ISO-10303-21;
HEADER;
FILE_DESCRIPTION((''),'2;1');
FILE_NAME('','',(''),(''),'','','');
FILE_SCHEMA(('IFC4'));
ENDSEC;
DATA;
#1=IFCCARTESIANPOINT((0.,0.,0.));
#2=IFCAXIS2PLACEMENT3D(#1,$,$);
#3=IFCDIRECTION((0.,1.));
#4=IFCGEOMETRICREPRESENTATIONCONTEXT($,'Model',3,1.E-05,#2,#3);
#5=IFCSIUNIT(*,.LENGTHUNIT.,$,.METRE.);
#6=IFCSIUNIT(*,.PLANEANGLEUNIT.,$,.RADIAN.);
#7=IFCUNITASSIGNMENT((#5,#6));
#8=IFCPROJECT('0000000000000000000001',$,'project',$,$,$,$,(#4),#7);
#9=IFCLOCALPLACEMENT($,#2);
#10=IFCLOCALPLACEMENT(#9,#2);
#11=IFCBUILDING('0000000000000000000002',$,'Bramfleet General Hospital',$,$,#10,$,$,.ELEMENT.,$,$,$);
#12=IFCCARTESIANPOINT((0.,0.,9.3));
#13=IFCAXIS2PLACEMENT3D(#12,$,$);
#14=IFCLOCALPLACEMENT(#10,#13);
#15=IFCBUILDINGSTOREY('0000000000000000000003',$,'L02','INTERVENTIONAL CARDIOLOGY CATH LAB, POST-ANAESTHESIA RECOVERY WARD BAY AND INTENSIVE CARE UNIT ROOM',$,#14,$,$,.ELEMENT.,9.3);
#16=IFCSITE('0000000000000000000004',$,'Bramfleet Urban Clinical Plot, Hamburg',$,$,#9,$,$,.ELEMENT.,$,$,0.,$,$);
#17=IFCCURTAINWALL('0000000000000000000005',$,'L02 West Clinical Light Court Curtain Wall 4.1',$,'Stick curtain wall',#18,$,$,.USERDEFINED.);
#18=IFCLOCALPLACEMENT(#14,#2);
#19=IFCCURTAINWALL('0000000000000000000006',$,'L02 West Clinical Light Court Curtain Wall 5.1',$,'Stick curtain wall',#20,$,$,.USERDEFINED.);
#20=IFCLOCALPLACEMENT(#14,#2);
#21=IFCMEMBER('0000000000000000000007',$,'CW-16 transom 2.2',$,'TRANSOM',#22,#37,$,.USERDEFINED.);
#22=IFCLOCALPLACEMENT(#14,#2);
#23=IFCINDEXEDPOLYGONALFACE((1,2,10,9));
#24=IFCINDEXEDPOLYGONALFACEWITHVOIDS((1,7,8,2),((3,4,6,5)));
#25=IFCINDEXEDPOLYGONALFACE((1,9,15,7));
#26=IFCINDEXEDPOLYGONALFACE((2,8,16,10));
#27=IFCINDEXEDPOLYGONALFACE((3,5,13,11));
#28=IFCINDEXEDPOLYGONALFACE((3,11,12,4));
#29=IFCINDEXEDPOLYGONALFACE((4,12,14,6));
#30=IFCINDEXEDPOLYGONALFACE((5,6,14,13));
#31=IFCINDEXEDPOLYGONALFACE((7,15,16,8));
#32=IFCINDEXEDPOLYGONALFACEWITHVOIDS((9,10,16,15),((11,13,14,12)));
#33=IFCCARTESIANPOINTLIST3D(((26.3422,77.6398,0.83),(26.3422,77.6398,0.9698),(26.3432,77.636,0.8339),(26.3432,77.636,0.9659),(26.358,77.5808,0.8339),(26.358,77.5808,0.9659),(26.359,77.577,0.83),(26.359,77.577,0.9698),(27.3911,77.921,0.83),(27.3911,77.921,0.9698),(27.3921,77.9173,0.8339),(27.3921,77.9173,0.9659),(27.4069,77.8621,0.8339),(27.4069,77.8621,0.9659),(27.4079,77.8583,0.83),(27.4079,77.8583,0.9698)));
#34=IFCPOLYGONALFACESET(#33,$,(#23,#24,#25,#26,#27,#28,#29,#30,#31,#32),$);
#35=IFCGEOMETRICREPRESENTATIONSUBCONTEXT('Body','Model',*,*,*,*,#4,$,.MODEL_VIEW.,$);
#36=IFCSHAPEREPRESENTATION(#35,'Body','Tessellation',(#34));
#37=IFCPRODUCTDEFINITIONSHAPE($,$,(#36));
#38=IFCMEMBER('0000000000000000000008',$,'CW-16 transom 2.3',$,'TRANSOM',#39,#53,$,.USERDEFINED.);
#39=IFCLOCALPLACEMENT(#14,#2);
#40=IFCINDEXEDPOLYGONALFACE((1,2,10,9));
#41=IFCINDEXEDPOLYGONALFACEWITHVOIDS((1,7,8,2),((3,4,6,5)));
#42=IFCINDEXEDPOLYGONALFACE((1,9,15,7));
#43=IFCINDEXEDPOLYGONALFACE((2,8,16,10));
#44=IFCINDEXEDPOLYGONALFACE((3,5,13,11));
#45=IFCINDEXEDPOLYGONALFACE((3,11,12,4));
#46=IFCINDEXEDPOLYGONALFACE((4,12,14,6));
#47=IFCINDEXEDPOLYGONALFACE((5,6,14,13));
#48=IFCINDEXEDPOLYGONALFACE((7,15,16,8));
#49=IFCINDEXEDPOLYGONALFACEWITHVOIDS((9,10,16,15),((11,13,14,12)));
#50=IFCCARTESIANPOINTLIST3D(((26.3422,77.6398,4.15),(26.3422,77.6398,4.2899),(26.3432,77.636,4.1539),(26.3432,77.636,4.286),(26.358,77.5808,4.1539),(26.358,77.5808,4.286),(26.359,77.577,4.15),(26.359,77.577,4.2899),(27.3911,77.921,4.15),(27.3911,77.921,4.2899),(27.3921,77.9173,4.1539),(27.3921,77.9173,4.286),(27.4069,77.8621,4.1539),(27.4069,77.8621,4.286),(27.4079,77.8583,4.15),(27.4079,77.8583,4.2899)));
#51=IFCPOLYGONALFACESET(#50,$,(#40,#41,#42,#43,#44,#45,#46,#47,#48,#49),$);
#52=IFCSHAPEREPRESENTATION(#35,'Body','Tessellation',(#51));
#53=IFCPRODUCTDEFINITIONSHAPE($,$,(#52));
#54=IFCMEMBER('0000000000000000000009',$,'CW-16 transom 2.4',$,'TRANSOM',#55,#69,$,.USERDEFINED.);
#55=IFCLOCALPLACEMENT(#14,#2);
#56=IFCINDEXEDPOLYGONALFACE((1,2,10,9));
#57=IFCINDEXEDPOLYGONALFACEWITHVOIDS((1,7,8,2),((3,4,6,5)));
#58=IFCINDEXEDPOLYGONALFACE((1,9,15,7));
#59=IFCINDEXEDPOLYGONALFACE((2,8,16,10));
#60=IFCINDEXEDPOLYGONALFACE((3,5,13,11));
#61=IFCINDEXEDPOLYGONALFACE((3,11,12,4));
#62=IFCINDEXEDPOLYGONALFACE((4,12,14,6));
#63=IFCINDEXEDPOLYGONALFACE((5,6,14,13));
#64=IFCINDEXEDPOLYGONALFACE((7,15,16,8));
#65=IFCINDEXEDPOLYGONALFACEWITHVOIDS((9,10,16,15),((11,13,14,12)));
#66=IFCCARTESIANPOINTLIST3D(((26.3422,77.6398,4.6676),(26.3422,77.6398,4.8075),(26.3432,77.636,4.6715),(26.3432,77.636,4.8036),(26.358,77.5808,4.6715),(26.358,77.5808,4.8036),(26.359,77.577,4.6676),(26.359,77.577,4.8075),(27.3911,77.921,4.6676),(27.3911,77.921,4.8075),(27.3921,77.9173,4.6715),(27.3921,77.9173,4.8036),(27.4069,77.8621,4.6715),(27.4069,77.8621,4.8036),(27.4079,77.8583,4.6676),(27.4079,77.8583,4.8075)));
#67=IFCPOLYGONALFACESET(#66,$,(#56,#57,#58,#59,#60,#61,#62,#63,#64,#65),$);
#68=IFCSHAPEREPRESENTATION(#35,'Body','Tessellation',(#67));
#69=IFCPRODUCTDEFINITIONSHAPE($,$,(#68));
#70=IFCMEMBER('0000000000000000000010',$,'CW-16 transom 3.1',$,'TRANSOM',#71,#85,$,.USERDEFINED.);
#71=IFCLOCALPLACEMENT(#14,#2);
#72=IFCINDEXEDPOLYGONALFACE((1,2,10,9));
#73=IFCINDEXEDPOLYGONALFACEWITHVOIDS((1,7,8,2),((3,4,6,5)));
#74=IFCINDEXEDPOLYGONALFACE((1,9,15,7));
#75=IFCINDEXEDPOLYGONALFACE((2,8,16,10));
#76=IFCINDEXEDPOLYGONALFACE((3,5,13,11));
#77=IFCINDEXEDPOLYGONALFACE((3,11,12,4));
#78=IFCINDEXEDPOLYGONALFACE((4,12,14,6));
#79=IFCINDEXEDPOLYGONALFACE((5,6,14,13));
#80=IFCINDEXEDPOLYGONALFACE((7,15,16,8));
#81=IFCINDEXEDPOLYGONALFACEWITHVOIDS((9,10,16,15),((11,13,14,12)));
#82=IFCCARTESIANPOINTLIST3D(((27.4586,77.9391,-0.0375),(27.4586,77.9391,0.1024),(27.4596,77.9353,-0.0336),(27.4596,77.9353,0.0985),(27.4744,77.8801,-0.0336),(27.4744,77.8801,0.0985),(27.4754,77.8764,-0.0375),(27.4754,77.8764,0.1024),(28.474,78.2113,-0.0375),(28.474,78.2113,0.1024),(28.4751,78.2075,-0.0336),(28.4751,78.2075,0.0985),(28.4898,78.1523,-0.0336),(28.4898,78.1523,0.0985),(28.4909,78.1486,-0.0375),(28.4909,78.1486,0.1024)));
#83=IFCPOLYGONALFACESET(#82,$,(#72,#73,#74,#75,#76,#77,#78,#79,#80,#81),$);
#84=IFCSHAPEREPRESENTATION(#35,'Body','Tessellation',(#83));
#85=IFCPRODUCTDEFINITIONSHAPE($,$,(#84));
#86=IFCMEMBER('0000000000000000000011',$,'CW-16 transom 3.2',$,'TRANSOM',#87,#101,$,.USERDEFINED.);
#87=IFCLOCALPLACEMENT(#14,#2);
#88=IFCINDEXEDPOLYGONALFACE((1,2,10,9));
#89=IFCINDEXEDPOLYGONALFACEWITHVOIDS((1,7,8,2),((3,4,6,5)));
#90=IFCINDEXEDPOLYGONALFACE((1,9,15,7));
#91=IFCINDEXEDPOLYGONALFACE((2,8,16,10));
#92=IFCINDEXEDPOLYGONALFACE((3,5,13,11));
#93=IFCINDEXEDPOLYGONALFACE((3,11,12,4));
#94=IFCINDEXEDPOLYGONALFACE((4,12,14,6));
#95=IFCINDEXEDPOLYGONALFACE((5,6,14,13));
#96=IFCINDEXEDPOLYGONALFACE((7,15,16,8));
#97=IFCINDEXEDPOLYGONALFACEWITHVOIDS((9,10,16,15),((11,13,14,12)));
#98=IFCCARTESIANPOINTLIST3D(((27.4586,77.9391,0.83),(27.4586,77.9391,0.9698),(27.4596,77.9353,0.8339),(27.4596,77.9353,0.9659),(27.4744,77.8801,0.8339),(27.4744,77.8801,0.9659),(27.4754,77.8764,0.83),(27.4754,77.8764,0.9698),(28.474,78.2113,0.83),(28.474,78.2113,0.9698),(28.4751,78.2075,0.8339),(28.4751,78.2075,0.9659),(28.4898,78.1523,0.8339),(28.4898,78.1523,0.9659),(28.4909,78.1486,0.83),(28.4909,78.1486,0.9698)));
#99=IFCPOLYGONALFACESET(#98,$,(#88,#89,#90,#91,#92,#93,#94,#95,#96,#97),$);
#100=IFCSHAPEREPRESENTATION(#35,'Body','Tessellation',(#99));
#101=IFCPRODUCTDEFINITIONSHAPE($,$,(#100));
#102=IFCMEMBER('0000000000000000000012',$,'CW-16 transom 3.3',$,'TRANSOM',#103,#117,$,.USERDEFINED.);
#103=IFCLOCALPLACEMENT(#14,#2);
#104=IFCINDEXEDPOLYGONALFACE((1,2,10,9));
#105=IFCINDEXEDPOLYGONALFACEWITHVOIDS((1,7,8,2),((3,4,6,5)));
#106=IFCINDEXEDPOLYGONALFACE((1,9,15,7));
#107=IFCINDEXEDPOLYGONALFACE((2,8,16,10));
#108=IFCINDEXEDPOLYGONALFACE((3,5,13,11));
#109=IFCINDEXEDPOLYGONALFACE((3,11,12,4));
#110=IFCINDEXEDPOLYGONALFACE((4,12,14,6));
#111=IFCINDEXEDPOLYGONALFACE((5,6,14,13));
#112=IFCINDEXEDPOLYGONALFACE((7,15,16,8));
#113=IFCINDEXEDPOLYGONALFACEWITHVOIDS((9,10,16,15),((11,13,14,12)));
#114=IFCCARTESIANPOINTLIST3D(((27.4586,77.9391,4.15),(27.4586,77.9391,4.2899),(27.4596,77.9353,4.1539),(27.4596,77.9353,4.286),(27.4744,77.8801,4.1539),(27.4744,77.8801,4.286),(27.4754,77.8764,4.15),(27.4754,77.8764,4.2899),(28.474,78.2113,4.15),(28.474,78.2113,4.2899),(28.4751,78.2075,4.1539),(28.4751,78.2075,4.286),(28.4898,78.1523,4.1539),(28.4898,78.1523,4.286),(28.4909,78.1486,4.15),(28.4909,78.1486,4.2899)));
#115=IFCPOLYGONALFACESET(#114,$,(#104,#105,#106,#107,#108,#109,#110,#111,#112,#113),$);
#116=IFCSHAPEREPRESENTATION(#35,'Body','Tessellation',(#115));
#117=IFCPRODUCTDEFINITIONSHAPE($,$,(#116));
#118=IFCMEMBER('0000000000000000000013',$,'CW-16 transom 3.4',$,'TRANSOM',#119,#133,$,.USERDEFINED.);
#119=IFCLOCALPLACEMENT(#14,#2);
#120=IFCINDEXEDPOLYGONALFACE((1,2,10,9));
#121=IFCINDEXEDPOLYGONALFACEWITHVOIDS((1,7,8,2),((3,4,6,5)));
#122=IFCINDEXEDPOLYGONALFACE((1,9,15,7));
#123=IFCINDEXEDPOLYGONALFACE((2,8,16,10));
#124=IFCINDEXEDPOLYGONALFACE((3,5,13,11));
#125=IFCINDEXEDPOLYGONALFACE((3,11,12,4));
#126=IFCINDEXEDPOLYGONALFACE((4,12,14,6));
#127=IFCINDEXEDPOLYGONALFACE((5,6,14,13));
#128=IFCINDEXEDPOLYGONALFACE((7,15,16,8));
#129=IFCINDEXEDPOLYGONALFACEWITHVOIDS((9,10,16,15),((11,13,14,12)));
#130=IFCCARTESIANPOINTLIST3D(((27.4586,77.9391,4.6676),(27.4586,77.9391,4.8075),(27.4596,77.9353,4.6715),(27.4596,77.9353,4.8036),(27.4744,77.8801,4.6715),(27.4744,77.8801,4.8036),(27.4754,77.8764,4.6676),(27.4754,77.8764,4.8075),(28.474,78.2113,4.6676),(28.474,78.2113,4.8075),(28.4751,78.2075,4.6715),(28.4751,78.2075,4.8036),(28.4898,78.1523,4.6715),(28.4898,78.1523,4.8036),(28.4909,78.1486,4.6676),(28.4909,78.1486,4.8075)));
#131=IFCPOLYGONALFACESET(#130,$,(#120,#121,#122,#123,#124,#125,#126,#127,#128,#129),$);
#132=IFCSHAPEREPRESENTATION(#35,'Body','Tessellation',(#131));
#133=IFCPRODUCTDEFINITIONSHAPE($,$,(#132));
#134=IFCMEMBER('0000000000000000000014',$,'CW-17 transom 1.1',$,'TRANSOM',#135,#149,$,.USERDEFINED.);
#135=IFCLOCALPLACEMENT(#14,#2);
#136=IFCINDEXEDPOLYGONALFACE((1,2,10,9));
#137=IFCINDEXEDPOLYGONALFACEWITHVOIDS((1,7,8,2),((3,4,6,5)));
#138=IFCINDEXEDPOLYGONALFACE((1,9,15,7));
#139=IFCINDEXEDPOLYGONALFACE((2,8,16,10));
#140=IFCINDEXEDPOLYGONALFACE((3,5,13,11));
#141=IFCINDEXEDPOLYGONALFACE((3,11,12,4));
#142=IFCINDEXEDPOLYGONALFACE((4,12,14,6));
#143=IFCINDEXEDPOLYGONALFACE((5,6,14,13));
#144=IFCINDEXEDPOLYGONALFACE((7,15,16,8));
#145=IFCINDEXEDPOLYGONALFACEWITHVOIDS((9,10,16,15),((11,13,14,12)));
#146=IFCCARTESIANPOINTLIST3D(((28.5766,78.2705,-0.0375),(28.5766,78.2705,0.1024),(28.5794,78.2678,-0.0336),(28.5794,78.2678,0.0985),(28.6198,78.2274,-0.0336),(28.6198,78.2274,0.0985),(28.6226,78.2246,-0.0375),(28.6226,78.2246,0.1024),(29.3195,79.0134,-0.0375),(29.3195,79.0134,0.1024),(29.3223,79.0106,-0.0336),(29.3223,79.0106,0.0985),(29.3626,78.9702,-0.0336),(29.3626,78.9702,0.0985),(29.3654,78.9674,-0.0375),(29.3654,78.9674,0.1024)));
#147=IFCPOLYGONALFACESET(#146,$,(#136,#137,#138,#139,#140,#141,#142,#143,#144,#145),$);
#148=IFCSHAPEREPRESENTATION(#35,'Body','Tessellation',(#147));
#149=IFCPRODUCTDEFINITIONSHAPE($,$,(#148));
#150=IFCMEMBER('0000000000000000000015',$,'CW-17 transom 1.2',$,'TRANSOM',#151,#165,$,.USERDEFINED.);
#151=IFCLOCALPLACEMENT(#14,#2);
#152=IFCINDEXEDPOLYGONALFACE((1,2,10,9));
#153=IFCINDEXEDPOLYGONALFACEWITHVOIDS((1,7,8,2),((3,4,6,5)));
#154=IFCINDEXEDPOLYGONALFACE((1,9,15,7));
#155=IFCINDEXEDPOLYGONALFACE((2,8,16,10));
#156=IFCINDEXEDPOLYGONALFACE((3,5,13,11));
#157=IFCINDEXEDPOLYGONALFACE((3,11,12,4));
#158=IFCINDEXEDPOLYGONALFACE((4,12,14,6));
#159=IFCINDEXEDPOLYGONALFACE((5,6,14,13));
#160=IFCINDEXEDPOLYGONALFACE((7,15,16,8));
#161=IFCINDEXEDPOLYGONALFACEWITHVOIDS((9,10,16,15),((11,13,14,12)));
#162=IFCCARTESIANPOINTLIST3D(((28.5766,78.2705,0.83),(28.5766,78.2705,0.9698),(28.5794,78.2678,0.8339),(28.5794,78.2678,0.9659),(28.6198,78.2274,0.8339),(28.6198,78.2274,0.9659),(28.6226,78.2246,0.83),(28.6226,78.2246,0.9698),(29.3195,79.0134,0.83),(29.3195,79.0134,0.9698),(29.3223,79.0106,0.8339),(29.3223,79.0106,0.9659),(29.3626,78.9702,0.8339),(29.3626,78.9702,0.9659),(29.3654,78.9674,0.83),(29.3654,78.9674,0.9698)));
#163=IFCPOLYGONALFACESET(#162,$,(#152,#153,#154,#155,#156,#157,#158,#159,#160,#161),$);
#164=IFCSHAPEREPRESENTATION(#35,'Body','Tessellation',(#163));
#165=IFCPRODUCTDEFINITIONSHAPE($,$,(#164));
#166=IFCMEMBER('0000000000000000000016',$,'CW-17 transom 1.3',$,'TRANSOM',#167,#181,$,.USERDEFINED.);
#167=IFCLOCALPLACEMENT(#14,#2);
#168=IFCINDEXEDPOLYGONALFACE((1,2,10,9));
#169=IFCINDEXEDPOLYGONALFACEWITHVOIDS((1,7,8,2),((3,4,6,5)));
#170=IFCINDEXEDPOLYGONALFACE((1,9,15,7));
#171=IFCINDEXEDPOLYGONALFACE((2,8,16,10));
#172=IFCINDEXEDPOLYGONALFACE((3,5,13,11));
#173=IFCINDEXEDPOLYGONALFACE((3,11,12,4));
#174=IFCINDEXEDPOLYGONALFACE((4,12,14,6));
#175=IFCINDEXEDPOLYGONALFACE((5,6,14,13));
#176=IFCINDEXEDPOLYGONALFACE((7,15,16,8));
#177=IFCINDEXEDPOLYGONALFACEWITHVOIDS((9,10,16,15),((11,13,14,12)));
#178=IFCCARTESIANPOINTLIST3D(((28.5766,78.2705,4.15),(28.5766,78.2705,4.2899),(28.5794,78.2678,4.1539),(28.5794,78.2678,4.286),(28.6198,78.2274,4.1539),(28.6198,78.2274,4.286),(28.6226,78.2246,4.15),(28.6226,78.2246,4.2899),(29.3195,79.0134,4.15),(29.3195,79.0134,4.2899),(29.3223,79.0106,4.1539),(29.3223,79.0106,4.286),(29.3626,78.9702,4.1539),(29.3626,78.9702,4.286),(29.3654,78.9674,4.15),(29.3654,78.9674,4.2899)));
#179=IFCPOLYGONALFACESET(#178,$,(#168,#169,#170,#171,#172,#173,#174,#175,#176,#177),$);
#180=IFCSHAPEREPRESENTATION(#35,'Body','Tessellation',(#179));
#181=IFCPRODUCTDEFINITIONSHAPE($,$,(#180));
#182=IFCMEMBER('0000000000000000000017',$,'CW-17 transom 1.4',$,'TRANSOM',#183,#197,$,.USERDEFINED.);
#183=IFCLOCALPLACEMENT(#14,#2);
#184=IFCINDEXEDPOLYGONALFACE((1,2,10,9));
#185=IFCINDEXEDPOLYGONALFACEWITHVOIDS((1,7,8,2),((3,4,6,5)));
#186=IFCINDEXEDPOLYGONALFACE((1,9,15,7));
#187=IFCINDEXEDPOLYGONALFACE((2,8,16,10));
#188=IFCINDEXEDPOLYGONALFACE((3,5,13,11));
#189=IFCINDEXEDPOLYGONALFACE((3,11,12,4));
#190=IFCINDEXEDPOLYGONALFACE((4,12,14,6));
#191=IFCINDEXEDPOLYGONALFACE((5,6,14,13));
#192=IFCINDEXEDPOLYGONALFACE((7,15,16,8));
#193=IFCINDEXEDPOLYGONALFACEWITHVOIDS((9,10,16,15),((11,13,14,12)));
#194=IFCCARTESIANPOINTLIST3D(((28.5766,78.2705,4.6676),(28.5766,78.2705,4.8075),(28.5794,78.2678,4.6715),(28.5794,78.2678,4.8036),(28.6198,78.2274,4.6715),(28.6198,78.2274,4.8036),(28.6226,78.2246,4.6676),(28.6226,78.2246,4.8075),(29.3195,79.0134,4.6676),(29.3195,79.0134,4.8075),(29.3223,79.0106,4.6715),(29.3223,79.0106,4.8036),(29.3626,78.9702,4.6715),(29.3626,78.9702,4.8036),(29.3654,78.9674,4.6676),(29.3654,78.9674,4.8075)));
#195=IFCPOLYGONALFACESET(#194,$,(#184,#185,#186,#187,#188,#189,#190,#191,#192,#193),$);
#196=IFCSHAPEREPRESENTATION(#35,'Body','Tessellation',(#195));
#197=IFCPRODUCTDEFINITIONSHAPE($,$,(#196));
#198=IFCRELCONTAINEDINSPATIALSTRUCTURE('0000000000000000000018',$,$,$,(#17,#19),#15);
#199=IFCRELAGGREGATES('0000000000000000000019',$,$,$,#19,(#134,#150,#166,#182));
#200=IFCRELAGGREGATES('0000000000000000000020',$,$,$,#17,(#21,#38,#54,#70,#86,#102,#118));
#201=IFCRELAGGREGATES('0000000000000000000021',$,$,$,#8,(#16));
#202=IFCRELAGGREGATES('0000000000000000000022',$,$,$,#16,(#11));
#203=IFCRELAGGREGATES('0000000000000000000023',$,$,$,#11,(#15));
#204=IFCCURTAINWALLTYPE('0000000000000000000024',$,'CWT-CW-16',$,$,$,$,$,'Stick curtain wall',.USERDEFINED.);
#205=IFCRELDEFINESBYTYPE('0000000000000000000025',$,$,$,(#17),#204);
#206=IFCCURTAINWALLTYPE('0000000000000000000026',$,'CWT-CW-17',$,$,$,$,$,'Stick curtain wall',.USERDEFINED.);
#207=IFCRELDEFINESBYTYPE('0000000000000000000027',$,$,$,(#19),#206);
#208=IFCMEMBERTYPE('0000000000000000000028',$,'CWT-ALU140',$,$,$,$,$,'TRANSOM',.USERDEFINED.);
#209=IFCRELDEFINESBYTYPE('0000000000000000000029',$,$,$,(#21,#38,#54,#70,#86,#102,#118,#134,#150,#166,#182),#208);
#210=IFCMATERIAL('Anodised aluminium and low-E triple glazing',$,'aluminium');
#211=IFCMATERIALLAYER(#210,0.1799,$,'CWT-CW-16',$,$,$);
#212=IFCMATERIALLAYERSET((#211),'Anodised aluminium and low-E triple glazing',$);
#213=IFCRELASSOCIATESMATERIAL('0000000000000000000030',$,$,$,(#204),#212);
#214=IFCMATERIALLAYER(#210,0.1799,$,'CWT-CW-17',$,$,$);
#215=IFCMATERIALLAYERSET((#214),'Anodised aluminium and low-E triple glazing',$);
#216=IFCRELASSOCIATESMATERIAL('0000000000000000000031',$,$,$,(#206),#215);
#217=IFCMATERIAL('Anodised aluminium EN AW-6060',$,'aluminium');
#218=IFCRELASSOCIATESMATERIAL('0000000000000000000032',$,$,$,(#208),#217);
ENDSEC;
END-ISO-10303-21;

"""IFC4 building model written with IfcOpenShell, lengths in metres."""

from ifc_helpers import new_model, si_unit, direction, frame, origin, origin_2d, place, context, subcontext, project, spatial, hollow_rectangle, extrude, material, layer, layer_set, material_profile, profile_set, type_object, element, aggregate, save


model = new_model("IFC4")

# Units and contexts
model_context = context("Model", 3, precision=1e-05, world=origin(), true_north=direction((0.0, 1.0)))
body_context = subcontext(model_context, "Body", "Model", "MODEL_VIEW")
ifc_project = project(units=[si_unit("LENGTHUNIT", "METRE"), si_unit("PLANEANGLEUNIT", "RADIAN")], contexts=[model_context])

# Site, building, storey
site_placement = place(None, origin())
site = spatial("IfcSite", under=ifc_project, at=site_placement, Name="Bramfleet Urban Clinical Plot, Hamburg", CompositionType="ELEMENT", RefElevation=0.0)
building_placement = place(site_placement, origin())
building = spatial("IfcBuilding", under=site, at=building_placement, Name="Bramfleet General Hospital", CompositionType="ELEMENT")
storey_placement = place(building_placement, frame((0.0, 0.0, 9.3)))
storey = spatial("IfcBuildingStorey", under=building, at=storey_placement, Name="L02", Description="INTERVENTIONAL CARDIOLOGY CATH LAB, POST-ANAESTHESIA RECOVERY WARD BAY AND INTENSIVE CARE UNIT ROOM", CompositionType="ELEMENT", Elevation=9.3)

# Curtain wall
ifc_material_1 = material(Name="Anodised aluminium and low-E triple glazing", Category="aluminium")
ifc_layer_1 = layer(ifc_material_1, 0.1799, Name="CWT-CW-16")
ifc_layer_set_1 = layer_set([ifc_layer_1], Name="Anodised aluminium and low-E triple glazing")
curtain_wall_type_1 = type_object("IfcCurtainWallType", Name="CWT-CW-16", ElementType="Stick curtain wall", PredefinedType="USERDEFINED", material=ifc_layer_set_1)
curtain_wall_1_placement = place(storey_placement, origin())
curtain_wall_1 = element("IfcCurtainWall", 1, at=curtain_wall_1_placement, inside=storey, type_object=curtain_wall_type_1, Name="L02 West Clinical Light Court Curtain Wall 4.1", ObjectType="Stick curtain wall", PredefinedType="USERDEFINED")
ifc_material_2 = material(Name="Anodised aluminium EN AW-6060", Category="aluminium")

# Curtain wall
ifc_layer_2 = layer(ifc_material_1, 0.1799, Name="CWT-CW-17")
ifc_layer_set_2 = layer_set([ifc_layer_2], Name="Anodised aluminium and low-E triple glazing")
curtain_wall_type_2 = type_object("IfcCurtainWallType", Name="CWT-CW-17", ElementType="Stick curtain wall", PredefinedType="USERDEFINED", material=ifc_layer_set_2)
curtain_wall_2_placement = place(storey_placement, origin())
curtain_wall_2 = element("IfcCurtainWall", 2, at=curtain_wall_2_placement, inside=storey, type_object=curtain_wall_type_2, Name="L02 West Clinical Light Court Curtain Wall 5.1", ObjectType="Stick curtain wall", PredefinedType="USERDEFINED")

# Members
ifc_material_profile_1 = material_profile(ifc_material_2, hollow_rectangle(XDim=0.0649, YDim=0.1399, WallThickness=0.0039, at=origin_2d()), Name="ALU 140x65x4.0")
ifc_profile_set_1 = profile_set([ifc_material_profile_1], Name="Anodised aluminium EN AW-6060")
member_type_1 = type_object("IfcMemberType", Name="CWT-ALU140", ElementType="TRANSOM", PredefinedType="USERDEFINED", material=ifc_profile_set_1)
member_1_placement = place(storey_placement, frame((26.3506, 77.6084, 0.8999), z_axis=(0.965876, 0.259006, 0.0), x_axis=(-0.259006, 0.965876, 0.0)))
member_1 = element("IfcMember", 3, at=member_1_placement, type_object=member_type_1, Name="CW-16 transom 2.2", ObjectType="TRANSOM", PredefinedType="USERDEFINED", context=body_context, shape_type="SweptSolid", body=[
    extrude(hollow_rectangle(XDim=0.0649, YDim=0.1399, WallThickness=0.0039, at=origin_2d()), origin(), (0.0, 0.0, 1.0), 1.0859),
])
member_2_placement = place(storey_placement, frame((26.3506, 77.6084, 4.22), z_axis=(0.965876, 0.259006, 0.0), x_axis=(-0.259006, 0.965876, 0.0)))
member_2 = element("IfcMember", 4, at=member_2_placement, type_object=member_type_1, Name="CW-16 transom 2.3", ObjectType="TRANSOM", PredefinedType="USERDEFINED", context=body_context, shape_type="SweptSolid", body=[
    extrude(hollow_rectangle(XDim=0.0649, YDim=0.1399, WallThickness=0.0039, at=origin_2d()), origin(), (0.0, 0.0, 1.0), 1.0859),
])
member_3_placement = place(storey_placement, frame((26.3506, 77.6084, 4.7375), z_axis=(0.965876, 0.259006, 0.0), x_axis=(-0.259006, 0.965876, 0.0)))
member_3 = element("IfcMember", 5, at=member_3_placement, type_object=member_type_1, Name="CW-16 transom 2.4", ObjectType="TRANSOM", PredefinedType="USERDEFINED", context=body_context, shape_type="SweptSolid", body=[
    extrude(hollow_rectangle(XDim=0.0649, YDim=0.1399, WallThickness=0.0039, at=origin_2d()), origin(), (0.0, 0.0, 1.0), 1.0859),
])
member_4_placement = place(storey_placement, frame((27.467, 77.9077, 0.0325), z_axis=(0.965891, 0.258949, 0.0), x_axis=(-0.258949, 0.965891, 0.0)))
member_4 = element("IfcMember", 6, at=member_4_placement, type_object=member_type_1, Name="CW-16 transom 3.1", ObjectType="TRANSOM", PredefinedType="USERDEFINED", context=body_context, shape_type="SweptSolid", body=[
    extrude(hollow_rectangle(XDim=0.0649, YDim=0.1399, WallThickness=0.0039, at=origin_2d()), origin(), (0.0, 0.0, 1.0), 1.0513),
])
member_5_placement = place(storey_placement, frame((27.467, 77.9077, 0.8999), z_axis=(0.965891, 0.258949, 0.0), x_axis=(-0.258949, 0.965891, 0.0)))
member_5 = element("IfcMember", 7, at=member_5_placement, type_object=member_type_1, Name="CW-16 transom 3.2", ObjectType="TRANSOM", PredefinedType="USERDEFINED", context=body_context, shape_type="SweptSolid", body=[
    extrude(hollow_rectangle(XDim=0.0649, YDim=0.1399, WallThickness=0.0039, at=origin_2d()), origin(), (0.0, 0.0, 1.0), 1.0513),
])
member_6_placement = place(storey_placement, frame((27.467, 77.9077, 4.22), z_axis=(0.965891, 0.258949, 0.0), x_axis=(-0.258949, 0.965891, 0.0)))
member_6 = element("IfcMember", 8, at=member_6_placement, type_object=member_type_1, Name="CW-16 transom 3.3", ObjectType="TRANSOM", PredefinedType="USERDEFINED", context=body_context, shape_type="SweptSolid", body=[
    extrude(hollow_rectangle(XDim=0.0649, YDim=0.1399, WallThickness=0.0039, at=origin_2d()), origin(), (0.0, 0.0, 1.0), 1.0513),
])
member_7_placement = place(storey_placement, frame((27.467, 77.9077, 4.7375), z_axis=(0.965891, 0.258949, 0.0), x_axis=(-0.258949, 0.965891, 0.0)))
member_7 = element("IfcMember", 9, at=member_7_placement, type_object=member_type_1, Name="CW-16 transom 3.4", ObjectType="TRANSOM", PredefinedType="USERDEFINED", context=body_context, shape_type="SweptSolid", body=[
    extrude(hollow_rectangle(XDim=0.0649, YDim=0.1399, WallThickness=0.0039, at=origin_2d()), origin(), (0.0, 0.0, 1.0), 1.0513),
])
member_8_placement = place(storey_placement, frame((28.5996, 78.2476, 0.0325), z_axis=(0.707107, 0.707107, 0.0), x_axis=(-0.707107, 0.707107, 0.0)))
member_8 = element("IfcMember", 10, at=member_8_placement, type_object=member_type_1, Name="CW-17 transom 1.1", ObjectType="TRANSOM", PredefinedType="USERDEFINED", context=body_context, shape_type="SweptSolid", body=[
    extrude(hollow_rectangle(XDim=0.0649, YDim=0.1399, WallThickness=0.0039, at=origin_2d()), origin(), (0.0, 0.0, 1.0), 1.0505),
])
member_9_placement = place(storey_placement, frame((28.5996, 78.2476, 0.8999), z_axis=(0.707107, 0.707107, 0.0), x_axis=(-0.707107, 0.707107, 0.0)))
member_9 = element("IfcMember", 11, at=member_9_placement, type_object=member_type_1, Name="CW-17 transom 1.2", ObjectType="TRANSOM", PredefinedType="USERDEFINED", context=body_context, shape_type="SweptSolid", body=[
    extrude(hollow_rectangle(XDim=0.0649, YDim=0.1399, WallThickness=0.0039, at=origin_2d()), origin(), (0.0, 0.0, 1.0), 1.0505),
])
member_10_placement = place(storey_placement, frame((28.5996, 78.2476, 4.22), z_axis=(0.707107, 0.707107, 0.0), x_axis=(-0.707107, 0.707107, 0.0)))
member_10 = element("IfcMember", 12, at=member_10_placement, type_object=member_type_1, Name="CW-17 transom 1.3", ObjectType="TRANSOM", PredefinedType="USERDEFINED", context=body_context, shape_type="SweptSolid", body=[
    extrude(hollow_rectangle(XDim=0.0649, YDim=0.1399, WallThickness=0.0039, at=origin_2d()), origin(), (0.0, 0.0, 1.0), 1.0505),
])
member_11_placement = place(storey_placement, frame((28.5996, 78.2476, 4.7375), z_axis=(0.707107, 0.707107, 0.0), x_axis=(-0.707107, 0.707107, 0.0)))
member_11 = element("IfcMember", 13, at=member_11_placement, type_object=member_type_1, Name="CW-17 transom 1.4", ObjectType="TRANSOM", PredefinedType="USERDEFINED", context=body_context, shape_type="SweptSolid", body=[
    extrude(hollow_rectangle(XDim=0.0649, YDim=0.1399, WallThickness=0.0039, at=origin_2d()), origin(), (0.0, 0.0, 1.0), 1.0505),
])
aggregate(curtain_wall_2, [member_8, member_9, member_10, member_11])

aggregate(curtain_wall_1, [member_1, member_2, member_3, member_4, member_5, member_6, member_7])

save(model, "model.ifc")
